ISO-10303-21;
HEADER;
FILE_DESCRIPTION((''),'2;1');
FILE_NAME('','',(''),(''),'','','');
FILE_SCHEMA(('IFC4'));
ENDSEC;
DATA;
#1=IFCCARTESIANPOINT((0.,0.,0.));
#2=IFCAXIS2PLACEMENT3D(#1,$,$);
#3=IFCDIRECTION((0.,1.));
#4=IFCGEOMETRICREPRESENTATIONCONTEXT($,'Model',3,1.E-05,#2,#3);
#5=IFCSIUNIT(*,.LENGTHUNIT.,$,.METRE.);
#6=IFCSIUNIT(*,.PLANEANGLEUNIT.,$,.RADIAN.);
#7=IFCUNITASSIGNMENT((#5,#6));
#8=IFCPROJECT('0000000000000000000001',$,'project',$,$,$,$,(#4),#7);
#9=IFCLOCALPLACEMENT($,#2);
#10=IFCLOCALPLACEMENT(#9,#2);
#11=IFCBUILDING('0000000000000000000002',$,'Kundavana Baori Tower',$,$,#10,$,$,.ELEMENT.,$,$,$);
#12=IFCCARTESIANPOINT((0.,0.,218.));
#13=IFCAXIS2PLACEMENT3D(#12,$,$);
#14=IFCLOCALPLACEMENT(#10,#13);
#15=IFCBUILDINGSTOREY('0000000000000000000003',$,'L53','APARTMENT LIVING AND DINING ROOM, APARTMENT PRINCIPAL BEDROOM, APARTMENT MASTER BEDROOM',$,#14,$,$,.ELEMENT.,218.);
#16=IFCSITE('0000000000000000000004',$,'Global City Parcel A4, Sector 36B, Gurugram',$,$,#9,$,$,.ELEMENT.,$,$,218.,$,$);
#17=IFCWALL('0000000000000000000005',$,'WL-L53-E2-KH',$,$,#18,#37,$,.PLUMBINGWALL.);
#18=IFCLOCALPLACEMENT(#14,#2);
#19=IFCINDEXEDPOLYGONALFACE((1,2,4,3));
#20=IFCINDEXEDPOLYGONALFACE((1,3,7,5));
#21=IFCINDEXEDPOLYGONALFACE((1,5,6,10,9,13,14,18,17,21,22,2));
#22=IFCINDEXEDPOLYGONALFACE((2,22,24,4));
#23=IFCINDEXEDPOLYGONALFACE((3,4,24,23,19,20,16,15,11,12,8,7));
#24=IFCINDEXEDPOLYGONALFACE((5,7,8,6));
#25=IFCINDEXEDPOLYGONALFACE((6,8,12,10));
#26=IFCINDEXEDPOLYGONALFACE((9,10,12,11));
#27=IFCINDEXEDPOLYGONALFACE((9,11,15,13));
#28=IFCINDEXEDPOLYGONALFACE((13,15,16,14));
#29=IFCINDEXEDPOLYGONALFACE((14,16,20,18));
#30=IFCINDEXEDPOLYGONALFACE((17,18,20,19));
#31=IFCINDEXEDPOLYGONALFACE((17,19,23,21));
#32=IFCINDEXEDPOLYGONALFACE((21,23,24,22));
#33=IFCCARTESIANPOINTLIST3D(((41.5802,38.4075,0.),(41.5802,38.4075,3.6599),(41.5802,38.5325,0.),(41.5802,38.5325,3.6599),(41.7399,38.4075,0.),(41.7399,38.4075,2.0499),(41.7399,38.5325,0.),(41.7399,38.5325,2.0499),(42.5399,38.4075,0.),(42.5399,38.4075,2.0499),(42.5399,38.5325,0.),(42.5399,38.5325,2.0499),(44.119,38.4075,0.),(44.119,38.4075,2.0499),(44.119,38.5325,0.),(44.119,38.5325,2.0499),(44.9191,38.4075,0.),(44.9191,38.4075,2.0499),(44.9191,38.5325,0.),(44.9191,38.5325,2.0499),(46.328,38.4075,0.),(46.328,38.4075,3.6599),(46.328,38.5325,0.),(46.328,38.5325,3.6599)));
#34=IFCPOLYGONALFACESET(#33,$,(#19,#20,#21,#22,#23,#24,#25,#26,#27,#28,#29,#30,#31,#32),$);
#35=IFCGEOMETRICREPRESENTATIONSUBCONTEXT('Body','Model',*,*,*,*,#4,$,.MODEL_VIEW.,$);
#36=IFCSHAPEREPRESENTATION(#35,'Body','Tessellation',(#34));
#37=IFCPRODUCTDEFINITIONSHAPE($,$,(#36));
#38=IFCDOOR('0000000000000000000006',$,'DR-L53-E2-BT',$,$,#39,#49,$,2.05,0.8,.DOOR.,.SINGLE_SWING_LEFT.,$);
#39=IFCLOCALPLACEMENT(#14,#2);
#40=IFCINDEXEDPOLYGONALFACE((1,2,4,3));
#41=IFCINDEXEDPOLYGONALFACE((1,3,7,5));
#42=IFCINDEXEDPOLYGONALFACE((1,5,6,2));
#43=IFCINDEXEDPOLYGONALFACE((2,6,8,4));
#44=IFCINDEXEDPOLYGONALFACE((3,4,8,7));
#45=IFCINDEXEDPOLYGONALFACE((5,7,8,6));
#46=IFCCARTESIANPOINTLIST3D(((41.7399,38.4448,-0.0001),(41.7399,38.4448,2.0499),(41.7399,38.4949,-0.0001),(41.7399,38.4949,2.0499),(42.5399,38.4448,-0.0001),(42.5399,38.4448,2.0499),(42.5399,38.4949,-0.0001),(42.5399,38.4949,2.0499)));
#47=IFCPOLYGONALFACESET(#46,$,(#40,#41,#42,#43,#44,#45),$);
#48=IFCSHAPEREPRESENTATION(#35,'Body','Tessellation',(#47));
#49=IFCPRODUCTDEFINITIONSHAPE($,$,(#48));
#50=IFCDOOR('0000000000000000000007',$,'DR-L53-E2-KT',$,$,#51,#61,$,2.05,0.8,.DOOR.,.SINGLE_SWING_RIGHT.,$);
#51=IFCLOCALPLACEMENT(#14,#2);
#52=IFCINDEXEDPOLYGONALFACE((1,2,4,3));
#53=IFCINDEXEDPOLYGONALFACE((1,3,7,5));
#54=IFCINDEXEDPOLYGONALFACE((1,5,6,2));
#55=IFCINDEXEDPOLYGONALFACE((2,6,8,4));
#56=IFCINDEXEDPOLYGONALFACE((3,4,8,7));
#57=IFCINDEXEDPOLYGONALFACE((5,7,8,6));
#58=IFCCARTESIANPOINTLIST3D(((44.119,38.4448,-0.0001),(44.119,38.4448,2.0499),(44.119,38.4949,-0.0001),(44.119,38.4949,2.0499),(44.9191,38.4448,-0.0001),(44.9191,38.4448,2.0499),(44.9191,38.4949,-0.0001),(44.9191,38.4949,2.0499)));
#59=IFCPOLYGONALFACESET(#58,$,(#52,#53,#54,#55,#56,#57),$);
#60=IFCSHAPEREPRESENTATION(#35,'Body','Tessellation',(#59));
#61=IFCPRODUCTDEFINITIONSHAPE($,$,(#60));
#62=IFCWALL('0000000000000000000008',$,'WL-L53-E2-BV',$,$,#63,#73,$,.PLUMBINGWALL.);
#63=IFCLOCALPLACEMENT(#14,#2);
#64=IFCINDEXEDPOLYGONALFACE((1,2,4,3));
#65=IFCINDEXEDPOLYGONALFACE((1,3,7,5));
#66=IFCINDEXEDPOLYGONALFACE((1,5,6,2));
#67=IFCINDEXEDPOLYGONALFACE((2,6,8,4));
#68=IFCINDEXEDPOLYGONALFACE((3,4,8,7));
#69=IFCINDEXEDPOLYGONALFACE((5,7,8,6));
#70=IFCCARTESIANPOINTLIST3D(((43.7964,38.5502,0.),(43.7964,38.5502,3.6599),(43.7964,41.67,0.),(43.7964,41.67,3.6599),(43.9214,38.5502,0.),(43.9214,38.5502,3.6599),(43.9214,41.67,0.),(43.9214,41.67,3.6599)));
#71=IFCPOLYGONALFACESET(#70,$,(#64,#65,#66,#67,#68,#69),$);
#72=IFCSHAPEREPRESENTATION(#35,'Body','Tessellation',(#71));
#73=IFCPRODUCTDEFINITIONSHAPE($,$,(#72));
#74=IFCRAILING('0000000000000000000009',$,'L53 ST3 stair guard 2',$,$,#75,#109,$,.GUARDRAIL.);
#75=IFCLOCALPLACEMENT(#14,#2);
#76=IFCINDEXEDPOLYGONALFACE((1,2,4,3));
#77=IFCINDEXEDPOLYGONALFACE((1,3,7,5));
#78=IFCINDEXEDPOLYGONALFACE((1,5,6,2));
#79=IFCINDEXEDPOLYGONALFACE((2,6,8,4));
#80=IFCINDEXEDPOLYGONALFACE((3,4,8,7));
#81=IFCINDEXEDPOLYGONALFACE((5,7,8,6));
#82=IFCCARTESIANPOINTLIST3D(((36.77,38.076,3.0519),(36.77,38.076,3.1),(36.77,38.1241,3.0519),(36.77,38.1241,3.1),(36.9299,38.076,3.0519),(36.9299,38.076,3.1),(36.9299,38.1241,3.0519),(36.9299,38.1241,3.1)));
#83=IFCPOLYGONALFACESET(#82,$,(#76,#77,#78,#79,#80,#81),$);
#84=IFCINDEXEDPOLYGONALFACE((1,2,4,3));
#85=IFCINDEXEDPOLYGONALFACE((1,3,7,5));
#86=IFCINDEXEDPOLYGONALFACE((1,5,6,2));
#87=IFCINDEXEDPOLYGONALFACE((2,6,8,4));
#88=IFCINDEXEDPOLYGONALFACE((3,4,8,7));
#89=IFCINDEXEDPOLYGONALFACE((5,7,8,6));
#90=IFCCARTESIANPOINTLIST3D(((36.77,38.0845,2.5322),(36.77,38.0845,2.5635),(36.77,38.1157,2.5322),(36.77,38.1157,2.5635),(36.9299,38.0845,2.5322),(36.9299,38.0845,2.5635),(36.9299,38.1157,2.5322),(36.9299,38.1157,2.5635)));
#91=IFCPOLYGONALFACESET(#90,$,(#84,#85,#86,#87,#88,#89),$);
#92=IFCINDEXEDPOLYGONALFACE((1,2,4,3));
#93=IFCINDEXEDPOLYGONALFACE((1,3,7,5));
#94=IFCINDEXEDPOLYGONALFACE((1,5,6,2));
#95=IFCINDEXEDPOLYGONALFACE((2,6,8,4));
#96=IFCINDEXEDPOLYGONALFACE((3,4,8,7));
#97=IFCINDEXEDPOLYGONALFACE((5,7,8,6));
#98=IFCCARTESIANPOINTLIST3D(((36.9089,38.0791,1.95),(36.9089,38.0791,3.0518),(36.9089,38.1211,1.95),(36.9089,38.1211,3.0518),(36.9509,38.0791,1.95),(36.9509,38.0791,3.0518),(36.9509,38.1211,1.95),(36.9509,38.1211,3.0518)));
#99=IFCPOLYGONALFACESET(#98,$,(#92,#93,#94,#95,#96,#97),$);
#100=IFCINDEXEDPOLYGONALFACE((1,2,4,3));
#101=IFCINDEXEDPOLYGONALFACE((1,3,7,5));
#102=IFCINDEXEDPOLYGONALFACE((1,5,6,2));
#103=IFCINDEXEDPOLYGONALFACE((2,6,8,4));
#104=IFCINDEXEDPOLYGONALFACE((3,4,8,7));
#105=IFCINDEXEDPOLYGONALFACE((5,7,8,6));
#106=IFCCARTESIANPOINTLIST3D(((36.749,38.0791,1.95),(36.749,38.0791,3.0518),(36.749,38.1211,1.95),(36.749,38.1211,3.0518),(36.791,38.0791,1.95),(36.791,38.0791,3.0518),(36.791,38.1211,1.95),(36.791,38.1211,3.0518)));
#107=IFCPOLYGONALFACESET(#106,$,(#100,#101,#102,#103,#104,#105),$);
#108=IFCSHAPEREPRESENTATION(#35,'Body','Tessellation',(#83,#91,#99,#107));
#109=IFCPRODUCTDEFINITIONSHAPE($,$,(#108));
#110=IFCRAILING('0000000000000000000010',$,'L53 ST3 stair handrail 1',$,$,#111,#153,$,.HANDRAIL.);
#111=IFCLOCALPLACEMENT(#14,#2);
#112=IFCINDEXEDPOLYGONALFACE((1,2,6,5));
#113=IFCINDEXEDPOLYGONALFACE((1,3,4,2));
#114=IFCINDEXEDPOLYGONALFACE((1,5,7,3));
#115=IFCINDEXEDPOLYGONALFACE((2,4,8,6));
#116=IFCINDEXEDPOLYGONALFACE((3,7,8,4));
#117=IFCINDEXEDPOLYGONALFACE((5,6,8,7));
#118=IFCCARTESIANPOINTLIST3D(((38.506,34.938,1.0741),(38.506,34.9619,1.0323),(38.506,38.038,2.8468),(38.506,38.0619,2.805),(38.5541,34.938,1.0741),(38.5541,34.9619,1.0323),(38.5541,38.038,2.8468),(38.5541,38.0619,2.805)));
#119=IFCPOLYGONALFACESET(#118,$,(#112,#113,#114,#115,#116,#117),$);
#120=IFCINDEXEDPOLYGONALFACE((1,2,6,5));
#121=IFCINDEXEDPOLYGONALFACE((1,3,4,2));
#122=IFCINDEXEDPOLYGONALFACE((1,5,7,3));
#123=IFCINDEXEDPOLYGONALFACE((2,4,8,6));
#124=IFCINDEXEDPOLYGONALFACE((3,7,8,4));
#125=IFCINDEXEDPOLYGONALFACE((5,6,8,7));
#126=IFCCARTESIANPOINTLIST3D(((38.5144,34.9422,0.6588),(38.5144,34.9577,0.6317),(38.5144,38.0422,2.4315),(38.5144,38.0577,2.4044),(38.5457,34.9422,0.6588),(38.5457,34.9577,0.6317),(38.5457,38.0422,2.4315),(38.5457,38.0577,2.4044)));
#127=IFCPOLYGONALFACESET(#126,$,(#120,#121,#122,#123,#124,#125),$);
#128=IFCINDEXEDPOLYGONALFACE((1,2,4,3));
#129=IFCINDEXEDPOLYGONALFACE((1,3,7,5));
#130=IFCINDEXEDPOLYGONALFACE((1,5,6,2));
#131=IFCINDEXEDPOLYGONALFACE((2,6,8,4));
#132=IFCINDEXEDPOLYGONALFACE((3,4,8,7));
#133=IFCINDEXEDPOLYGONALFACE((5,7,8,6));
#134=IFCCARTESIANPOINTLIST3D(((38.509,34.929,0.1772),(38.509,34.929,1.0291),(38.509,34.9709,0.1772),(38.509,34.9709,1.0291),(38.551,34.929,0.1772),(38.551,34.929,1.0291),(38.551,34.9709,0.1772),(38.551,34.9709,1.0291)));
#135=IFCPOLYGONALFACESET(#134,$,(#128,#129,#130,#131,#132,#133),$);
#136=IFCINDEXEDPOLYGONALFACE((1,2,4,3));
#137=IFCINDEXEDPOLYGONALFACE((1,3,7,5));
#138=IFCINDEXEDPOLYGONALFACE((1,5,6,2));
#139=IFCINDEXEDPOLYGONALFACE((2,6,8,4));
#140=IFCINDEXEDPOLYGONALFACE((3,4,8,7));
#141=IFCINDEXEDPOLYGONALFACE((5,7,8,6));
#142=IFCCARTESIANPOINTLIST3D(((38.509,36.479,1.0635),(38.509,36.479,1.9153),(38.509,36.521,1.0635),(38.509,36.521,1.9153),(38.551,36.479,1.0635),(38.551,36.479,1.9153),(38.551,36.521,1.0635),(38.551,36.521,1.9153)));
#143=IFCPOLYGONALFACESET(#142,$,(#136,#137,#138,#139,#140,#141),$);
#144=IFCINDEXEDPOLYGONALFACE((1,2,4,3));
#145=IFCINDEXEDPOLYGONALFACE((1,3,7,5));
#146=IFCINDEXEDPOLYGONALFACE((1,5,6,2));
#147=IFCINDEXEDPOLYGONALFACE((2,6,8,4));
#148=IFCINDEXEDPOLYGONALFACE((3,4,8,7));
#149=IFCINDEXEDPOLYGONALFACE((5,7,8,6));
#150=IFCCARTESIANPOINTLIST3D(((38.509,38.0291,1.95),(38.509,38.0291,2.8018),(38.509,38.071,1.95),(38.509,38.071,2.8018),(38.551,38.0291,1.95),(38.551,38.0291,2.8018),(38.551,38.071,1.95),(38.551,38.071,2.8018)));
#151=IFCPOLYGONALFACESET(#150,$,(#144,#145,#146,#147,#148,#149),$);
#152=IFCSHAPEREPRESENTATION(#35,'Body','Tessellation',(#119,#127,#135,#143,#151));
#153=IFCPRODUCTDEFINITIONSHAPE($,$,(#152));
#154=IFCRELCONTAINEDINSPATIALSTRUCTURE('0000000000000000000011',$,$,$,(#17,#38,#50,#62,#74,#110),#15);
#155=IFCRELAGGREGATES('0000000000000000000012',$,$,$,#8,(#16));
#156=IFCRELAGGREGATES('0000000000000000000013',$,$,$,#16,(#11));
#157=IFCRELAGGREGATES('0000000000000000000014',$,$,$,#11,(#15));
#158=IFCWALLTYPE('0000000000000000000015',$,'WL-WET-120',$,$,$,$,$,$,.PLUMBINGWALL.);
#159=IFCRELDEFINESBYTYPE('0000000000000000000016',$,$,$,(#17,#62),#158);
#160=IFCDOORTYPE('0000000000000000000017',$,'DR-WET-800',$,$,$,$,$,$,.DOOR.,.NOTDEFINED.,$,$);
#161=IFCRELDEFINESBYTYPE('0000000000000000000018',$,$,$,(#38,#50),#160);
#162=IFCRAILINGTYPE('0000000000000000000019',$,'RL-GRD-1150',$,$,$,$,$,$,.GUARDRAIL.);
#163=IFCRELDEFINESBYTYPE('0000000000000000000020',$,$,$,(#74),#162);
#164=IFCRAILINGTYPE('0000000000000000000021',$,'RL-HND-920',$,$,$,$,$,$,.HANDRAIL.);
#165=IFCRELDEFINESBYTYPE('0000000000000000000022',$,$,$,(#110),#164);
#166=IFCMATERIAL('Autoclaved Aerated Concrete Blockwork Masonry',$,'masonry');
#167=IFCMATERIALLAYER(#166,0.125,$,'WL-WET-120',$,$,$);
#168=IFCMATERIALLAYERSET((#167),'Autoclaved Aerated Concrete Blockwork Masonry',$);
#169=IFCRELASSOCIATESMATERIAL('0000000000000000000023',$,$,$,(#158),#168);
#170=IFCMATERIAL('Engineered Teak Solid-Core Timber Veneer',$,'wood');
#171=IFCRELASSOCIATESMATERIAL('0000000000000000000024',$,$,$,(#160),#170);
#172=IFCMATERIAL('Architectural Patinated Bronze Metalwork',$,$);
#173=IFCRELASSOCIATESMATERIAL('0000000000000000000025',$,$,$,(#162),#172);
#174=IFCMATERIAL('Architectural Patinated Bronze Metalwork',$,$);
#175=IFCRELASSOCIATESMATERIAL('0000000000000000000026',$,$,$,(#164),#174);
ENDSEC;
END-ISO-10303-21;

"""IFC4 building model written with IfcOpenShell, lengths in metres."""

from ifc_helpers import new_model, si_unit, direction, frame, frame_2d, origin, origin_2d, place, context, subcontext, project, spatial, rectangle, extrude, material, layer, layer_set, type_object, element, fill, save


model = new_model("IFC4")

# Units and contexts
model_context = context("Model", 3, precision=1e-05, world=origin(), true_north=direction((0.0, 1.0)))
body_context = subcontext(model_context, "Body", "Model", "MODEL_VIEW")
ifc_project = project(units=[si_unit("LENGTHUNIT", "METRE"), si_unit("PLANEANGLEUNIT", "RADIAN")], contexts=[model_context])

# Site, building, storey
site_placement = place(None, origin())
site = spatial("IfcSite", under=ifc_project, at=site_placement, Name="Global City Parcel A4, Sector 36B, Gurugram", CompositionType="ELEMENT", RefElevation=218.0)
building_placement = place(site_placement, origin())
building = spatial("IfcBuilding", under=site, at=building_placement, Name="Kundavana Baori Tower", CompositionType="ELEMENT")
storey_placement = place(building_placement, frame((0.0, 0.0, 218.0)))
storey = spatial("IfcBuildingStorey", under=building, at=storey_placement, Name="L53", Description="APARTMENT LIVING AND DINING ROOM, APARTMENT PRINCIPAL BEDROOM, APARTMENT MASTER BEDROOM", CompositionType="ELEMENT", Elevation=218.0)

# Wall, openings, doors
ifc_material_1 = material(Name="Autoclaved Aerated Concrete Blockwork Masonry", Category="masonry")
ifc_layer_1 = layer(ifc_material_1, 0.125, Name="WL-WET-120")
ifc_layer_set_1 = layer_set([ifc_layer_1], Name="Autoclaved Aerated Concrete Blockwork Masonry")
wall_type_1 = type_object("IfcWallType", Name="WL-WET-120", PredefinedType="PLUMBINGWALL", material=ifc_layer_set_1)
wall_1_placement = place(storey_placement, frame((41.5801, 38.47, 0.0), z_axis=(0.0, 0.0, 1.0), x_axis=(1.0, 0.0, 0.0)))
wall_1 = element("IfcWall", 1, at=wall_1_placement, inside=storey, type_object=wall_type_1, Name="WL-L53-E2-KH", PredefinedType="PLUMBINGWALL", context=body_context, shape_type="SweptSolid", body=[
    extrude(rectangle(XDim=4.7478, YDim=0.125, at=frame_2d((2.374, 0.0))), origin(), (0.0, 0.0, 1.0), 3.6599),
])
opening_1_placement = place(wall_1_placement, frame((0.1599, 0.0, 0.0)))
opening_1 = element("IfcOpeningElement", 2, at=opening_1_placement, cuts=wall_1, PredefinedType="OPENING", context=body_context, shape_type="SweptSolid", body=[
    extrude(rectangle(XDim=0.8, YDim=2.05, at=frame_2d((0.3999, 1.0249))), frame((0.0, 0.0725, 0.0), z_axis=(0.0, -1.0, 0.0), x_axis=(1.0, 0.0, 0.0)), (0.0, 0.0, 1.0), 0.145),
])
opening_2_placement = place(wall_1_placement, frame((2.5391, 0.0, 0.0)))
opening_2 = element("IfcOpeningElement", 3, at=opening_2_placement, cuts=wall_1, PredefinedType="OPENING", context=body_context, shape_type="SweptSolid", body=[
    extrude(rectangle(XDim=0.8, YDim=2.05, at=frame_2d((0.3999, 1.0249))), frame((0.0, 0.0725, 0.0), z_axis=(0.0, -1.0, 0.0), x_axis=(1.0, 0.0, 0.0)), (0.0, 0.0, 1.0), 0.145),
])
ifc_material_2 = material(Name="Engineered Teak Solid-Core Timber Veneer", Category="wood")
door_type_1 = type_object("IfcDoorType", Name="DR-WET-800", OperationType="NOTDEFINED", PredefinedType="DOOR", material=ifc_material_2)
door_1_placement = place(opening_1_placement, origin())
door_1 = element("IfcDoor", 4, at=door_1_placement, inside=storey, type_object=door_type_1, Name="DR-L53-E2-BT", OperationType="SINGLE_SWING_LEFT", OverallHeight=2.05, OverallWidth=0.8, PredefinedType="DOOR", context=body_context, shape_type="SweptSolid", body=[
    extrude(rectangle(XDim=0.8, YDim=2.05, at=frame_2d((0.3999, 1.0249))), frame((0.0, 0.0249, 0.0), z_axis=(0.0, -1.0, 0.0), x_axis=(1.0, 0.0, 0.0)), (0.0, 0.0, 1.0), 0.05),
])
fill(opening_1, door_1)
door_2_placement = place(opening_2_placement, origin())
door_2 = element("IfcDoor", 5, at=door_2_placement, inside=storey, type_object=door_type_1, Name="DR-L53-E2-KT", OperationType="SINGLE_SWING_RIGHT", OverallHeight=2.05, OverallWidth=0.8, PredefinedType="DOOR", context=body_context, shape_type="SweptSolid", body=[
    extrude(rectangle(XDim=0.8, YDim=2.05, at=frame_2d((0.3999, 1.0249))), frame((0.0, 0.0249, 0.0), z_axis=(0.0, -1.0, 0.0), x_axis=(1.0, 0.0, 0.0)), (0.0, 0.0, 1.0), 0.05),
])
fill(opening_2, door_2)

# Wall
wall_2_placement = place(storey_placement, frame((43.8589, 38.55, 0.0), z_axis=(0.0, 0.0, 1.0), x_axis=(0.0, 1.0, 0.0)))
element("IfcWall", 6, at=wall_2_placement, inside=storey, type_object=wall_type_1, Name="WL-L53-E2-BV", PredefinedType="PLUMBINGWALL", context=body_context, shape_type="SweptSolid", body=[
    extrude(rectangle(XDim=3.1199, YDim=0.125, at=frame_2d((1.5601, 0.0))), origin(), (0.0, 0.0, 1.0), 3.6599),
])

# Railings
ifc_material_3 = material(Name="Architectural Patinated Bronze Metalwork")
railing_type_1 = type_object("IfcRailingType", Name="RL-GRD-1150", PredefinedType="GUARDRAIL", material=ifc_material_3)
railing_1_placement = place(storey_placement, frame((36.9299, 38.1001, 1.95)))
element("IfcRailing", 7, at=railing_1_placement, inside=storey, type_object=railing_type_1, Name="L53 ST3 stair guard 2", PredefinedType="GUARDRAIL", context=body_context, shape_type="SweptSolid", body=[
    extrude(rectangle(XDim=0.0481, YDim=0.0481, at=origin_2d()), frame((0.0, 0.0, 1.126), z_axis=(-1.0, 0.0, 0.0), x_axis=(0.0, -1.0, 0.0)), (0.0, 0.0, 1.0), 0.1599),
    extrude(rectangle(XDim=0.0312, YDim=0.0312, at=origin_2d()), frame((0.0, 0.0, 0.5979), z_axis=(-1.0, 0.0, 0.0), x_axis=(0.0, -1.0, 0.0)), (0.0, 0.0, 1.0), 0.1599),
    extrude(rectangle(XDim=0.042, YDim=0.042, at=origin_2d()), origin(), (0.0, 0.0, 1.0), 1.1018),
    extrude(rectangle(XDim=0.042, YDim=0.042, at=origin_2d()), frame((-0.1599, 0.0, 0.0)), (0.0, 0.0, 1.0), 1.1018),
])
ifc_material_4 = material(Name="Architectural Patinated Bronze Metalwork")
railing_type_2 = type_object("IfcRailingType", Name="RL-HND-920", PredefinedType="HANDRAIL", material=ifc_material_4)
railing_2_placement = place(storey_placement, frame((38.53, 34.95, 0.1772)))
element("IfcRailing", 8, at=railing_2_placement, inside=storey, type_object=railing_type_2, Name="L53 ST3 stair handrail 1", PredefinedType="HANDRAIL", context=body_context, shape_type="SweptSolid", body=[
    extrude(rectangle(XDim=0.0481, YDim=0.0481, at=origin_2d()), frame((0.0, 0.0, 0.876), z_axis=(0.0, 0.868096, 0.496397), x_axis=(-1.0, 0.0, 0.0)), (0.0, 0.0, 1.0), 3.571),
    extrude(rectangle(XDim=0.0312, YDim=0.0312, at=origin_2d()), frame((0.0, 0.0, 0.468), z_axis=(0.0, 0.868096, 0.496397), x_axis=(-1.0, 0.0, 0.0)), (0.0, 0.0, 1.0), 3.571),
    extrude(rectangle(XDim=0.042, YDim=0.042, at=origin_2d()), origin(), (0.0, 0.0, 1.0), 0.8518),
    extrude(rectangle(XDim=0.042, YDim=0.042, at=origin_2d()), frame((0.0, 1.55, 0.8862)), (0.0, 0.0, 1.0), 0.8518),
    extrude(rectangle(XDim=0.042, YDim=0.042, at=origin_2d()), frame((0.0, 3.1001, 1.7727)), (0.0, 0.0, 1.0), 0.8518),
])

save(model, "model.ifc")
